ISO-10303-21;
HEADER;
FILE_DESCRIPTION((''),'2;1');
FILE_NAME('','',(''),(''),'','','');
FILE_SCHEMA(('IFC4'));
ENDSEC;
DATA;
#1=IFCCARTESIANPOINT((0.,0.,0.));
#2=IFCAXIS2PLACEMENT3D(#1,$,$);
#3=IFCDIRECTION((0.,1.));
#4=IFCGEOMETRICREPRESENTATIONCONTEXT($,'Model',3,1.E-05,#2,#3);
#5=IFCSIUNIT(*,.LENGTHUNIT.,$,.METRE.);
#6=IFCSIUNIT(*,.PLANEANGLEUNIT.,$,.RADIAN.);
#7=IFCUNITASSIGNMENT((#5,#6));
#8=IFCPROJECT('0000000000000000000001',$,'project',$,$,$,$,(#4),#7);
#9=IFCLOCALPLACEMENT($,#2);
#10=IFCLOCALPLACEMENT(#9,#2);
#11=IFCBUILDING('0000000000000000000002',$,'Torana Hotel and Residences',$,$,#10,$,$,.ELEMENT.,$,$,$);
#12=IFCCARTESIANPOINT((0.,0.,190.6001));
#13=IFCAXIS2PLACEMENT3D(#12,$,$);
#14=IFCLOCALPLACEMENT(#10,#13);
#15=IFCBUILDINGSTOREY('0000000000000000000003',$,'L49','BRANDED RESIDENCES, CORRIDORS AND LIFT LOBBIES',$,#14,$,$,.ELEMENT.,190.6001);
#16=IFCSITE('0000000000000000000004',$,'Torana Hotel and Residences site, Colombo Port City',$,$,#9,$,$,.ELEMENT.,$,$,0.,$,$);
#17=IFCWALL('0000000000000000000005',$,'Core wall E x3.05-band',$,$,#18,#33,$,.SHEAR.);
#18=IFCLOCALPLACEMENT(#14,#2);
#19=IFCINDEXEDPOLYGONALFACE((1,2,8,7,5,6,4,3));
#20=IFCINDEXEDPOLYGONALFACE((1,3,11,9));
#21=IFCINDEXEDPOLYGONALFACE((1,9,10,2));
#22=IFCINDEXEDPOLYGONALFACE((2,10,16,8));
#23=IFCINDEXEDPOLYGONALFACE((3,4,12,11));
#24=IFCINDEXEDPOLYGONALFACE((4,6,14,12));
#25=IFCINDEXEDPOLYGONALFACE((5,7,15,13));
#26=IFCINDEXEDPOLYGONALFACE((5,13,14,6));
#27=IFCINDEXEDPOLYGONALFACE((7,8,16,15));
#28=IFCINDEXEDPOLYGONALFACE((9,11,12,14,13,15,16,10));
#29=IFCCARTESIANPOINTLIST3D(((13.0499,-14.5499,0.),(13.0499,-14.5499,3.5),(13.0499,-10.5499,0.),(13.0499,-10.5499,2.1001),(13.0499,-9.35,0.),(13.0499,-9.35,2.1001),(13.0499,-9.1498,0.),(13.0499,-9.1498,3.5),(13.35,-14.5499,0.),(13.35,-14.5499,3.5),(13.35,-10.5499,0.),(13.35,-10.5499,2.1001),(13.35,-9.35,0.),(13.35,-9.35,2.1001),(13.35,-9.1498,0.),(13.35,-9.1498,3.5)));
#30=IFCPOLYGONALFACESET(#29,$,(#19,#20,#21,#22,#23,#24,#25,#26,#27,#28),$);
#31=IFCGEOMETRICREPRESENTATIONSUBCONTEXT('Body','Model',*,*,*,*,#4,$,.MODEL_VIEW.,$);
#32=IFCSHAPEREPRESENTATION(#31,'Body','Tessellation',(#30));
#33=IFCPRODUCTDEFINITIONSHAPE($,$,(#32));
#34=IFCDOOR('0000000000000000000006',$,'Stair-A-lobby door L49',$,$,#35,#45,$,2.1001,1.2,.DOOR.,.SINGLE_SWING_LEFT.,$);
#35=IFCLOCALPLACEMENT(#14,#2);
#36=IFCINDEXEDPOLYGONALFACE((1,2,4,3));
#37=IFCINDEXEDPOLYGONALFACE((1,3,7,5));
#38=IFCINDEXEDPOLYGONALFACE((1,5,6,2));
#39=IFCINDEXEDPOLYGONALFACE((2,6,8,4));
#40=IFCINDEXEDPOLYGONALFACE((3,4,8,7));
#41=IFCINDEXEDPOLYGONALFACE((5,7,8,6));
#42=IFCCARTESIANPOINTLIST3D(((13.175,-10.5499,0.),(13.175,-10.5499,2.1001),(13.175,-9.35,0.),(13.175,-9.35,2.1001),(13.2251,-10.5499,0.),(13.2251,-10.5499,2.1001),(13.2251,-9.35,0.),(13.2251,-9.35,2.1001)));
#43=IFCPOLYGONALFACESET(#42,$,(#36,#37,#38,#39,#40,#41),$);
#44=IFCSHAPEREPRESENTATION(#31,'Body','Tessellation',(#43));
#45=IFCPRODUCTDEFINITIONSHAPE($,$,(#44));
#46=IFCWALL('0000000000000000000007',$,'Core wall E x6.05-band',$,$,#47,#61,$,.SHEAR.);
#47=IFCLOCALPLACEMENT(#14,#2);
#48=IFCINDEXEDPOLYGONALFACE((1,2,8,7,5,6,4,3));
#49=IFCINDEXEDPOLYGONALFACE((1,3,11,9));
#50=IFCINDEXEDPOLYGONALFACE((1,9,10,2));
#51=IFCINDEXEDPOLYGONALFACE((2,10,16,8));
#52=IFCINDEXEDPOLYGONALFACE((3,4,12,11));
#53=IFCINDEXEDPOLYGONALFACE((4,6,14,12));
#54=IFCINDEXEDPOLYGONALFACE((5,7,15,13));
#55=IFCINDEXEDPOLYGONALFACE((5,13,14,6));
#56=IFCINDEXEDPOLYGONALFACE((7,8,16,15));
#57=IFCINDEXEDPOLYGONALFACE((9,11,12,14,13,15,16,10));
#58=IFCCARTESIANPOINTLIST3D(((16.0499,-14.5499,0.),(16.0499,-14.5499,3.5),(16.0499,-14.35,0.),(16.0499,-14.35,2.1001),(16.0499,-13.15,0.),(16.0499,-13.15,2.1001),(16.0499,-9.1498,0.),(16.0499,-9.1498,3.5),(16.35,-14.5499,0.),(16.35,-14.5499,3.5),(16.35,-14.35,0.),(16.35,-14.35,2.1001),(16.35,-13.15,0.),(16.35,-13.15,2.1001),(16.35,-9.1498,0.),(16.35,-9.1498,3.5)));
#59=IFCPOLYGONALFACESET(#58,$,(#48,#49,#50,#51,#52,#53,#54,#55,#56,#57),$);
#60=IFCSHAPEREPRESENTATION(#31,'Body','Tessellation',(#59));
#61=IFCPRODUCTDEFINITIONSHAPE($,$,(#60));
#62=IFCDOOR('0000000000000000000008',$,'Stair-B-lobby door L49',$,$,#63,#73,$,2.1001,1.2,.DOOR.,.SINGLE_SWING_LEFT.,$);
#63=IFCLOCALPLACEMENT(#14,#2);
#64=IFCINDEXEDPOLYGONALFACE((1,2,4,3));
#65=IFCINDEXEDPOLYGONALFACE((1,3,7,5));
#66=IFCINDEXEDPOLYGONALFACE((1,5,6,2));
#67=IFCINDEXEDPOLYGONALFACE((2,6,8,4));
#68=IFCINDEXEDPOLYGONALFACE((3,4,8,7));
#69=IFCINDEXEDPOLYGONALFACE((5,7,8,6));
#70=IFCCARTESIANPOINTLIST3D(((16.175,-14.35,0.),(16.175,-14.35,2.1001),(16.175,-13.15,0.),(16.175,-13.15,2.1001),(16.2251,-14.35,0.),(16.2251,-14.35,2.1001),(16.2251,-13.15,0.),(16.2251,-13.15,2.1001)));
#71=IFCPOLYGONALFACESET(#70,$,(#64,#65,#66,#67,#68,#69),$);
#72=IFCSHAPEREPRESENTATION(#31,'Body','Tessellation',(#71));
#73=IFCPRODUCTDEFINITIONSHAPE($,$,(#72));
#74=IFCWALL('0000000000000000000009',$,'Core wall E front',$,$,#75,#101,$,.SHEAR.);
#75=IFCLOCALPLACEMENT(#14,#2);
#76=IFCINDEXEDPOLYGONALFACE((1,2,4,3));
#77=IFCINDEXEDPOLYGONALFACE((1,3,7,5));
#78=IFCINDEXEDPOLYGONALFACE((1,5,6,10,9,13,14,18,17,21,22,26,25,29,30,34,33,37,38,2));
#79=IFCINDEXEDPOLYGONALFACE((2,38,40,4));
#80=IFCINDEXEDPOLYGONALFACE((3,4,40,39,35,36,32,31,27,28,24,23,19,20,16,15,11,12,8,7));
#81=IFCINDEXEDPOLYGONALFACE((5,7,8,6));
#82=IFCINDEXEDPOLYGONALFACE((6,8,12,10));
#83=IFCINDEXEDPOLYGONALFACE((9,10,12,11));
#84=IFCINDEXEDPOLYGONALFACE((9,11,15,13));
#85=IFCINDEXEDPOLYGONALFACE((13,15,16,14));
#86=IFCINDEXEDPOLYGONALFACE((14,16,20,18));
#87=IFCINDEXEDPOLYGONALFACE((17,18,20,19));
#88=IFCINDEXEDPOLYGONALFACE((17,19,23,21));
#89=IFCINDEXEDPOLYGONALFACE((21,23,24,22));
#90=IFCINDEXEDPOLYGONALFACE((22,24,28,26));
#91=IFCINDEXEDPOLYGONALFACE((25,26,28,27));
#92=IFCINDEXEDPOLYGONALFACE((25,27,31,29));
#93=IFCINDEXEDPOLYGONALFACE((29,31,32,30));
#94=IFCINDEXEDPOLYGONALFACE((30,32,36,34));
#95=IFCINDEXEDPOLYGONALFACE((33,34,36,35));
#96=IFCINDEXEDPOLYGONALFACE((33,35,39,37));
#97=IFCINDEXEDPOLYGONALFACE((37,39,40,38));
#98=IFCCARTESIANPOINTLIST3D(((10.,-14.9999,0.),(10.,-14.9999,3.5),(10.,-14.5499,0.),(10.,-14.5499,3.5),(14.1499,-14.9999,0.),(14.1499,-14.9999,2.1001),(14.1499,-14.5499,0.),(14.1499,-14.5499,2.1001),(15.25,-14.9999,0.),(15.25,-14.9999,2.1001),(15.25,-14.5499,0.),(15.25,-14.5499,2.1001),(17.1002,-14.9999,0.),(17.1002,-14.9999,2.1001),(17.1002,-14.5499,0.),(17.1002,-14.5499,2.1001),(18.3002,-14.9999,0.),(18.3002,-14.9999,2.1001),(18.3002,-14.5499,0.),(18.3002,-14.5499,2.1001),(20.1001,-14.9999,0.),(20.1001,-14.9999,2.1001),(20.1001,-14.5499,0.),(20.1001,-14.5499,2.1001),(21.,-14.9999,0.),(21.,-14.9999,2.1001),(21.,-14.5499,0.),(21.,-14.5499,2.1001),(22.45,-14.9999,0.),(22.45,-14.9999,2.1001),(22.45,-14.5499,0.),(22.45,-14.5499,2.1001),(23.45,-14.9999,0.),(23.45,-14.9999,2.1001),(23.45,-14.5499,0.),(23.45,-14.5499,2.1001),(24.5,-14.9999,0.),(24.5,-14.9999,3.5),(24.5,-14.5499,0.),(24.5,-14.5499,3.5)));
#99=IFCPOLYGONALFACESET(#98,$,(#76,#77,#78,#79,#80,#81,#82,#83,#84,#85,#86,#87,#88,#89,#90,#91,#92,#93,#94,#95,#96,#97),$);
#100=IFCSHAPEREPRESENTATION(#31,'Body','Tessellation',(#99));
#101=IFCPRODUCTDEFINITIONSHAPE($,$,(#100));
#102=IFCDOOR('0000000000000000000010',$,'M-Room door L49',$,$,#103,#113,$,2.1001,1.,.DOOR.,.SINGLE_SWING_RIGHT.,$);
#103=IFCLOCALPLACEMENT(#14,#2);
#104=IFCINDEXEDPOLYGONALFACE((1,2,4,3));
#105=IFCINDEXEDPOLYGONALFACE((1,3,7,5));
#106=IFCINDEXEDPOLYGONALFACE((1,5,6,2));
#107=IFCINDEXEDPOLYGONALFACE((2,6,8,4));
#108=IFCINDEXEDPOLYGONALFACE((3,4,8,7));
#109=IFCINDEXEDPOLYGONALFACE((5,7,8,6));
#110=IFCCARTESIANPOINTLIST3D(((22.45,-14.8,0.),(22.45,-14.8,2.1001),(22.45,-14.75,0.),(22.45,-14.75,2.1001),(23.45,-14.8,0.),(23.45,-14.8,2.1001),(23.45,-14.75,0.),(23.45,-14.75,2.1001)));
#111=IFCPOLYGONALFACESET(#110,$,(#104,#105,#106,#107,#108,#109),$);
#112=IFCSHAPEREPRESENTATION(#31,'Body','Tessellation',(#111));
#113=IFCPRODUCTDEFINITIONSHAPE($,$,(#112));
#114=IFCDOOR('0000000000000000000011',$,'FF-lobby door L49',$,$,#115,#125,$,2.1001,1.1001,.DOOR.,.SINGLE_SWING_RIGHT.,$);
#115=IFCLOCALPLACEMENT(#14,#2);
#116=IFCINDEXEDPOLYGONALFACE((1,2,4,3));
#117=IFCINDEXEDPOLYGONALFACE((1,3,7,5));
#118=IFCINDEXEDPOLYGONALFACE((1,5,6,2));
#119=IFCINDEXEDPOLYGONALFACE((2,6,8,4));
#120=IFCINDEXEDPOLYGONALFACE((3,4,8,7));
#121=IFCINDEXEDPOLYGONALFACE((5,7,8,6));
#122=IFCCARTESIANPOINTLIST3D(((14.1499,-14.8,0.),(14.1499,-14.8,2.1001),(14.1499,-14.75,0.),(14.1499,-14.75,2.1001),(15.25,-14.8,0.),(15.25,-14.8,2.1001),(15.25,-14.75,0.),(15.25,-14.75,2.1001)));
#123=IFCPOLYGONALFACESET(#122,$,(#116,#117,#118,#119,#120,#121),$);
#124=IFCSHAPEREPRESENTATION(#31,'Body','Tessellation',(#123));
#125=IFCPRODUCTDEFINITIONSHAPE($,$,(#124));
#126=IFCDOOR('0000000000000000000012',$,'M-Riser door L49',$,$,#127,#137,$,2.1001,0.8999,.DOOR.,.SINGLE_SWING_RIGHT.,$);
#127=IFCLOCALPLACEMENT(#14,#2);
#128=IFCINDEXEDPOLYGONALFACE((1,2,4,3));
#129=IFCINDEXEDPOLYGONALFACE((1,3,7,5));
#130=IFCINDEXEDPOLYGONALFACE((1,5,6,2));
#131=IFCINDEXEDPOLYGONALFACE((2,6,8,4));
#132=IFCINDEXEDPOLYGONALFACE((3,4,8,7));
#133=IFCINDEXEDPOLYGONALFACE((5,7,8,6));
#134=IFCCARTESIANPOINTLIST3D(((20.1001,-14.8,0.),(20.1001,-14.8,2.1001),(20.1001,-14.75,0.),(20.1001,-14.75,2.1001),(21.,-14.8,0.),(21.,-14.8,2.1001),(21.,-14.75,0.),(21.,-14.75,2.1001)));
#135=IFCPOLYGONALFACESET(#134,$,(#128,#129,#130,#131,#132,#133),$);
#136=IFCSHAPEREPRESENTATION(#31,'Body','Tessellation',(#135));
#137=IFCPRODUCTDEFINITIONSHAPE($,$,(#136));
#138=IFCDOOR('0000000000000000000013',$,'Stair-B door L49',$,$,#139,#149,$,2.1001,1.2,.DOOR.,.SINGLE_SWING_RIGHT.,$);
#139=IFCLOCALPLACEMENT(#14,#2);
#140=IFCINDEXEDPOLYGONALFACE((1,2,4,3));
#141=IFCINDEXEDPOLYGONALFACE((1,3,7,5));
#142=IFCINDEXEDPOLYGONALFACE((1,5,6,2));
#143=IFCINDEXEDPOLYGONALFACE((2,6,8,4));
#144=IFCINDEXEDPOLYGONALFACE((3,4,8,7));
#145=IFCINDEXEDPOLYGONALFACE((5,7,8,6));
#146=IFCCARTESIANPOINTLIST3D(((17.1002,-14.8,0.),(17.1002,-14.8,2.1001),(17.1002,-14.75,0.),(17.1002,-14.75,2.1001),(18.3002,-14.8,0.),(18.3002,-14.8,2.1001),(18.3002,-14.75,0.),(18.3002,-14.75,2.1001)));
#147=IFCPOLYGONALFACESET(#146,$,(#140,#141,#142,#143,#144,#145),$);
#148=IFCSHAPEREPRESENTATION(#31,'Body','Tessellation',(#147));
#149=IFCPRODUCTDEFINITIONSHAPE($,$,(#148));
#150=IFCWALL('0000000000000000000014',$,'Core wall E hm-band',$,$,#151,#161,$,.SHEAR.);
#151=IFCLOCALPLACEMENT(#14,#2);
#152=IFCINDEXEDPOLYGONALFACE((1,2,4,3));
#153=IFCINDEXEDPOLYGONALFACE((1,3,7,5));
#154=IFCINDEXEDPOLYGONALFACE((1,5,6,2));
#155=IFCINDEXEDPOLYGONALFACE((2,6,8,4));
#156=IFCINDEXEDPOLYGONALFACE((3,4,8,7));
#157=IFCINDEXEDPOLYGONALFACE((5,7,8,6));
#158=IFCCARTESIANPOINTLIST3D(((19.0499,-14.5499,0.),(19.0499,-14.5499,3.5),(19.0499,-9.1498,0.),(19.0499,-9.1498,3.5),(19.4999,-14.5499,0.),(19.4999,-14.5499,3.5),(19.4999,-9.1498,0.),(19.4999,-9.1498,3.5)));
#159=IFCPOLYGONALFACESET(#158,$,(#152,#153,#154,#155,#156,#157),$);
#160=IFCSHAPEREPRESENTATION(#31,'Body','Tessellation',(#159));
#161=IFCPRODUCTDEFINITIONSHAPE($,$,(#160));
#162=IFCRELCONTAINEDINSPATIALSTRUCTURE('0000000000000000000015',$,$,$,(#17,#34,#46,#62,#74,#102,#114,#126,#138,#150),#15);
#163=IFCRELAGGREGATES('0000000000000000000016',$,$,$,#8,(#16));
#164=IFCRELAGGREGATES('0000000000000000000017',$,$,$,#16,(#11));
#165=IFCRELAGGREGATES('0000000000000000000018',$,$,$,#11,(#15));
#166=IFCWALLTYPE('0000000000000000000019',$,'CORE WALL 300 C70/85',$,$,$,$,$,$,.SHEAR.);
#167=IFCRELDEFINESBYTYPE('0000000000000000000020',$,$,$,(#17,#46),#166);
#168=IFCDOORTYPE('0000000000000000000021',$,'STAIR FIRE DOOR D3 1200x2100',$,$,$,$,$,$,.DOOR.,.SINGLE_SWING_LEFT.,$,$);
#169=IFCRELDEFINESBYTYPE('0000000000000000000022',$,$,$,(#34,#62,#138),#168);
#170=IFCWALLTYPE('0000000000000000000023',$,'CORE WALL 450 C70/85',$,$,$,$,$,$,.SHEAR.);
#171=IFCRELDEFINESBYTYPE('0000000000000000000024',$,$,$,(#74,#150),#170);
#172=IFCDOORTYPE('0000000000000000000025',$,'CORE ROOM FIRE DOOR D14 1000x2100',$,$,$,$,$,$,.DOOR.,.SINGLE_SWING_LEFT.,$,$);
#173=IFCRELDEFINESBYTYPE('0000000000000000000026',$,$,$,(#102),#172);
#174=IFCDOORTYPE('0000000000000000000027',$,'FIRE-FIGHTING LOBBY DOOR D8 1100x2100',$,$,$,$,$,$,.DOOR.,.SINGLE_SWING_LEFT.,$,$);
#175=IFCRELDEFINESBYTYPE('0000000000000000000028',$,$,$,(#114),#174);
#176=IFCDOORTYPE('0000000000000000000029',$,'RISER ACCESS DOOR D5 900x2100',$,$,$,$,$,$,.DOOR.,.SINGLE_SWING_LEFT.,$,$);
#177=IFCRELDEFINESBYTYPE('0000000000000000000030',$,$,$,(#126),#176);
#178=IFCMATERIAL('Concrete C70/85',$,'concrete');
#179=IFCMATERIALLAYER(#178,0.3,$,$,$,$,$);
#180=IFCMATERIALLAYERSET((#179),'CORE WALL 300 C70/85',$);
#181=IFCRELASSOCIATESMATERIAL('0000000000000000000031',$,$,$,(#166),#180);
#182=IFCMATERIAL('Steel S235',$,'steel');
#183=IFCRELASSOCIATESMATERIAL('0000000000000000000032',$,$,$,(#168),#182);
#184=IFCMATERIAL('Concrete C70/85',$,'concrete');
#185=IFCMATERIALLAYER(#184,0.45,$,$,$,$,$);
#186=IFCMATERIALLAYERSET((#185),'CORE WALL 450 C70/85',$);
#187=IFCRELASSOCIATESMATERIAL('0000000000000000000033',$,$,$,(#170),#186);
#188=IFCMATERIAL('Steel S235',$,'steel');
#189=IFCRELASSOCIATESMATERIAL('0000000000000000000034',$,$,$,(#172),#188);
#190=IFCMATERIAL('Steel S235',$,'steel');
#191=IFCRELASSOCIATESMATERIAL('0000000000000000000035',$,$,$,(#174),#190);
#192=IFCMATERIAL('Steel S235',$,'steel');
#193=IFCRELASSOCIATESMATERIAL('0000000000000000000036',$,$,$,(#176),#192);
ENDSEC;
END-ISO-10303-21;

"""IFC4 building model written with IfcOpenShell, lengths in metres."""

from ifc_helpers import new_model, si_unit, direction, frame, frame_2d, origin, place, context, subcontext, project, spatial, rectangle, extrude, material, layer, layer_set, type_object, element, fill, save


model = new_model("IFC4")

# Units and contexts
model_context = context("Model", 3, precision=1e-05, world=origin(), true_north=direction((0.0, 1.0)))
body_context = subcontext(model_context, "Body", "Model", "MODEL_VIEW")
ifc_project = project(units=[si_unit("LENGTHUNIT", "METRE"), si_unit("PLANEANGLEUNIT", "RADIAN")], contexts=[model_context])

# Site, building, storey
site_placement = place(None, origin())
site = spatial("IfcSite", under=ifc_project, at=site_placement, Name="Torana Hotel and Residences site, Colombo Port City", CompositionType="ELEMENT", RefElevation=0.0)
building_placement = place(site_placement, origin())
building = spatial("IfcBuilding", under=site, at=building_placement, Name="Torana Hotel and Residences", CompositionType="ELEMENT")
storey_placement = place(building_placement, frame((0.0, 0.0, 190.6001)))
storey = spatial("IfcBuildingStorey", under=building, at=storey_placement, Name="L49", Description="BRANDED RESIDENCES, CORRIDORS AND LIFT LOBBIES", CompositionType="ELEMENT", Elevation=190.6001)

# Walls, openings, doors
ifc_material_1 = material(Name="Concrete C70/85", Category="concrete")
ifc_layer_1 = layer(ifc_material_1, 0.3)
ifc_layer_set_1 = layer_set([ifc_layer_1], Name="CORE WALL 300 C70/85")
wall_type_1 = type_object("IfcWallType", Name="CORE WALL 300 C70/85", PredefinedType="SHEAR", material=ifc_layer_set_1)
wall_1_placement = place(storey_placement, frame((13.2, -14.55, 0.0), z_axis=(0.0, 0.0, 1.0), x_axis=(0.0, 1.0, 0.0)))
wall_1 = element("IfcWall", 1, at=wall_1_placement, inside=storey, type_object=wall_type_1, Name="Core wall E x3.05-band", PredefinedType="SHEAR", context=body_context, shape_type="SweptSolid", body=[
    extrude(rectangle(XDim=5.4001, YDim=0.3, at=frame_2d((2.7002, 0.0))), origin(), (0.0, 0.0, 1.0), 3.5),
])
opening_1_placement = place(wall_1_placement, frame((4.0, 0.0, 0.0)))
opening_1 = element("IfcOpeningElement", 2, at=opening_1_placement, cuts=wall_1, PredefinedType="OPENING", context=body_context, shape_type="SweptSolid", body=[
    extrude(rectangle(XDim=1.2, YDim=2.1001, at=frame_2d((0.6001, 1.05))), frame((0.0, 0.1599, 0.0), z_axis=(0.0, -1.0, 0.0), x_axis=(1.0, 0.0, 0.0)), (0.0, 0.0, 1.0), 0.3201),
])
ifc_material_2 = material(Name="Steel S235", Category="steel")
door_type_1 = type_object("IfcDoorType", Name="STAIR FIRE DOOR D3 1200x2100", OperationType="SINGLE_SWING_LEFT", PredefinedType="DOOR", material=ifc_material_2)
door_1_placement = place(opening_1_placement, origin())
door_1 = element("IfcDoor", 3, at=door_1_placement, inside=storey, type_object=door_type_1, Name="Stair-A-lobby door L49", OperationType="SINGLE_SWING_LEFT", OverallHeight=2.1001, OverallWidth=1.2, PredefinedType="DOOR", context=body_context, shape_type="SweptSolid", body=[
    extrude(rectangle(XDim=1.2, YDim=2.1001, at=frame_2d((0.6001, 1.05))), frame((0.0, 0.0249, 0.0), z_axis=(0.0, -1.0, 0.0), x_axis=(1.0, 0.0, 0.0)), (0.0, 0.0, 1.0), 0.05),
])
fill(opening_1, door_1)
wall_2_placement = place(storey_placement, frame((16.2, -14.55, 0.0), z_axis=(0.0, 0.0, 1.0), x_axis=(0.0, 1.0, 0.0)))
wall_2 = element("IfcWall", 4, at=wall_2_placement, inside=storey, type_object=wall_type_1, Name="Core wall E x6.05-band", PredefinedType="SHEAR", context=body_context, shape_type="SweptSolid", body=[
    extrude(rectangle(XDim=5.4001, YDim=0.3, at=frame_2d((2.7002, 0.0))), origin(), (0.0, 0.0, 1.0), 3.5),
])
opening_2_placement = place(wall_2_placement, frame((0.2, 0.0, 0.0)))
opening_2 = element("IfcOpeningElement", 5, at=opening_2_placement, cuts=wall_2, PredefinedType="OPENING", context=body_context, shape_type="SweptSolid", body=[
    extrude(rectangle(XDim=1.2, YDim=2.1001, at=frame_2d((0.6001, 1.05))), frame((0.0, 0.1599, 0.0), z_axis=(0.0, -1.0, 0.0), x_axis=(1.0, 0.0, 0.0)), (0.0, 0.0, 1.0), 0.3201),
])
door_2_placement = place(opening_2_placement, frame((0.6001, 0.0, 0.0), z_axis=(0.0, 0.0, 1.0), x_axis=(-1.0, 0.0, 0.0)))
door_2 = element("IfcDoor", 6, at=door_2_placement, inside=storey, type_object=door_type_1, Name="Stair-B-lobby door L49", OperationType="SINGLE_SWING_LEFT", OverallHeight=2.1001, OverallWidth=1.2, PredefinedType="DOOR", context=body_context, shape_type="SweptSolid", body=[
    extrude(rectangle(XDim=1.2, YDim=2.1001, at=frame_2d((0.0, 1.05))), frame((0.0, -0.0249, 0.0), z_axis=(0.0, 1.0, 0.0), x_axis=(-1.0, 0.0, 0.0)), (0.0, 0.0, 1.0), 0.05),
])
fill(opening_2, door_2)

# Wall, openings, doors
ifc_material_3 = material(Name="Concrete C70/85", Category="concrete")
ifc_layer_2 = layer(ifc_material_3, 0.45)
ifc_layer_set_2 = layer_set([ifc_layer_2], Name="CORE WALL 450 C70/85")
wall_type_2 = type_object("IfcWallType", Name="CORE WALL 450 C70/85", PredefinedType="SHEAR", material=ifc_layer_set_2)
wall_3_placement = place(storey_placement, frame((10.0, -14.7749, 0.0), z_axis=(0.0, 0.0, 1.0), x_axis=(1.0, 0.0, 0.0)))
wall_3 = element("IfcWall", 7, at=wall_3_placement, inside=storey, type_object=wall_type_2, Name="Core wall E front", PredefinedType="SHEAR", context=body_context, shape_type="SweptSolid", body=[
    extrude(rectangle(XDim=14.5, YDim=0.45, at=frame_2d((7.25, 0.0))), origin(), (0.0, 0.0, 1.0), 3.5),
])
opening_3_placement = place(wall_3_placement, frame((7.1001, 0.0, 0.0)))
opening_3 = element("IfcOpeningElement", 8, at=opening_3_placement, cuts=wall_3, PredefinedType="OPENING", context=body_context, shape_type="SweptSolid", body=[
    extrude(rectangle(XDim=1.2, YDim=2.1001, at=frame_2d((0.6001, 1.05))), frame((0.0, 0.2349, 0.0), z_axis=(0.0, -1.0, 0.0), x_axis=(1.0, 0.0, 0.0)), (0.0, 0.0, 1.0), 0.47),
])
opening_4_placement = place(wall_3_placement, frame((4.1499, 0.0, 0.0)))
opening_4 = element("IfcOpeningElement", 9, at=opening_4_placement, cuts=wall_3, PredefinedType="OPENING", context=body_context, shape_type="SweptSolid", body=[
    extrude(rectangle(XDim=1.1001, YDim=2.1001, at=frame_2d((0.55, 1.05))), frame((0.0, 0.2349, 0.0), z_axis=(0.0, -1.0, 0.0), x_axis=(1.0, 0.0, 0.0)), (0.0, 0.0, 1.0), 0.47),
])
opening_5_placement = place(wall_3_placement, frame((10.1001, 0.0, 0.0)))
opening_5 = element("IfcOpeningElement", 10, at=opening_5_placement, cuts=wall_3, PredefinedType="OPENING", context=body_context, shape_type="SweptSolid", body=[
    extrude(rectangle(XDim=0.8999, YDim=2.1001, at=frame_2d((0.45, 1.05))), frame((0.0, 0.2349, 0.0), z_axis=(0.0, -1.0, 0.0), x_axis=(1.0, 0.0, 0.0)), (0.0, 0.0, 1.0), 0.47),
])
opening_6_placement = place(wall_3_placement, frame((12.45, 0.0, 0.0)))
opening_6 = element("IfcOpeningElement", 11, at=opening_6_placement, cuts=wall_3, PredefinedType="OPENING", context=body_context, shape_type="SweptSolid", body=[
    extrude(rectangle(XDim=1.0, YDim=2.1001, at=frame_2d((0.5, 1.05))), frame((0.0, 0.2349, 0.0), z_axis=(0.0, -1.0, 0.0), x_axis=(1.0, 0.0, 0.0)), (0.0, 0.0, 1.0), 0.47),
])
ifc_material_4 = material(Name="Steel S235", Category="steel")
door_type_2 = type_object("IfcDoorType", Name="CORE ROOM FIRE DOOR D14 1000x2100", OperationType="SINGLE_SWING_LEFT", PredefinedType="DOOR", material=ifc_material_4)
door_3_placement = place(opening_6_placement, origin())
door_3 = element("IfcDoor", 12, at=door_3_placement, inside=storey, type_object=door_type_2, Name="M-Room door L49", OperationType="SINGLE_SWING_RIGHT", OverallHeight=2.1001, OverallWidth=1.0, PredefinedType="DOOR", context=body_context, shape_type="SweptSolid", body=[
    extrude(rectangle(XDim=1.0, YDim=2.1001, at=frame_2d((0.5, 1.05))), frame((0.0, 0.0249, 0.0), z_axis=(0.0, -1.0, 0.0), x_axis=(1.0, 0.0, 0.0)), (0.0, 0.0, 1.0), 0.05),
])
fill(opening_6, door_3)
ifc_material_5 = material(Name="Steel S235", Category="steel")
door_type_3 = type_object("IfcDoorType", Name="FIRE-FIGHTING LOBBY DOOR D8 1100x2100", OperationType="SINGLE_SWING_LEFT", PredefinedType="DOOR", material=ifc_material_5)
door_4_placement = place(opening_4_placement, origin())
door_4 = element("IfcDoor", 13, at=door_4_placement, inside=storey, type_object=door_type_3, Name="FF-lobby door L49", OperationType="SINGLE_SWING_RIGHT", OverallHeight=2.1001, OverallWidth=1.1001, PredefinedType="DOOR", context=body_context, shape_type="SweptSolid", body=[
    extrude(rectangle(XDim=1.1001, YDim=2.1001, at=frame_2d((0.55, 1.05))), frame((0.0, 0.0249, 0.0), z_axis=(0.0, -1.0, 0.0), x_axis=(1.0, 0.0, 0.0)), (0.0, 0.0, 1.0), 0.05),
])
fill(opening_4, door_4)
ifc_material_6 = material(Name="Steel S235", Category="steel")
door_type_4 = type_object("IfcDoorType", Name="RISER ACCESS DOOR D5 900x2100", OperationType="SINGLE_SWING_LEFT", PredefinedType="DOOR", material=ifc_material_6)
door_5_placement = place(opening_5_placement, origin())
door_5 = element("IfcDoor", 14, at=door_5_placement, inside=storey, type_object=door_type_4, Name="M-Riser door L49", OperationType="SINGLE_SWING_RIGHT", OverallHeight=2.1001, OverallWidth=0.8999, PredefinedType="DOOR", context=body_context, shape_type="SweptSolid", body=[
    extrude(rectangle(XDim=0.8999, YDim=2.1001, at=frame_2d((0.45, 1.05))), frame((0.0, 0.0249, 0.0), z_axis=(0.0, -1.0, 0.0), x_axis=(1.0, 0.0, 0.0)), (0.0, 0.0, 1.0), 0.05),
])
fill(opening_5, door_5)
door_6_placement = place(opening_3_placement, origin())
door_6 = element("IfcDoor", 15, at=door_6_placement, inside=storey, type_object=door_type_1, Name="Stair-B door L49", OperationType="SINGLE_SWING_RIGHT", OverallHeight=2.1001, OverallWidth=1.2, PredefinedType="DOOR", context=body_context, shape_type="SweptSolid", body=[
    extrude(rectangle(XDim=1.2, YDim=2.1001, at=frame_2d((0.6001, 1.05))), frame((0.0, 0.0249, 0.0), z_axis=(0.0, -1.0, 0.0), x_axis=(1.0, 0.0, 0.0)), (0.0, 0.0, 1.0), 0.05),
])
fill(opening_3, door_6)

# Wall
wall_4_placement = place(storey_placement, frame((19.2749, -14.55, 0.0), z_axis=(0.0, 0.0, 1.0), x_axis=(0.0, 1.0, 0.0)))
element("IfcWall", 16, at=wall_4_placement, inside=storey, type_object=wall_type_2, Name="Core wall E hm-band", PredefinedType="SHEAR", context=body_context, shape_type="SweptSolid", body=[
    extrude(rectangle(XDim=5.4001, YDim=0.45, at=frame_2d((2.7002, 0.0))), origin(), (0.0, 0.0, 1.0), 3.5),
])

save(model, "model.ifc")
